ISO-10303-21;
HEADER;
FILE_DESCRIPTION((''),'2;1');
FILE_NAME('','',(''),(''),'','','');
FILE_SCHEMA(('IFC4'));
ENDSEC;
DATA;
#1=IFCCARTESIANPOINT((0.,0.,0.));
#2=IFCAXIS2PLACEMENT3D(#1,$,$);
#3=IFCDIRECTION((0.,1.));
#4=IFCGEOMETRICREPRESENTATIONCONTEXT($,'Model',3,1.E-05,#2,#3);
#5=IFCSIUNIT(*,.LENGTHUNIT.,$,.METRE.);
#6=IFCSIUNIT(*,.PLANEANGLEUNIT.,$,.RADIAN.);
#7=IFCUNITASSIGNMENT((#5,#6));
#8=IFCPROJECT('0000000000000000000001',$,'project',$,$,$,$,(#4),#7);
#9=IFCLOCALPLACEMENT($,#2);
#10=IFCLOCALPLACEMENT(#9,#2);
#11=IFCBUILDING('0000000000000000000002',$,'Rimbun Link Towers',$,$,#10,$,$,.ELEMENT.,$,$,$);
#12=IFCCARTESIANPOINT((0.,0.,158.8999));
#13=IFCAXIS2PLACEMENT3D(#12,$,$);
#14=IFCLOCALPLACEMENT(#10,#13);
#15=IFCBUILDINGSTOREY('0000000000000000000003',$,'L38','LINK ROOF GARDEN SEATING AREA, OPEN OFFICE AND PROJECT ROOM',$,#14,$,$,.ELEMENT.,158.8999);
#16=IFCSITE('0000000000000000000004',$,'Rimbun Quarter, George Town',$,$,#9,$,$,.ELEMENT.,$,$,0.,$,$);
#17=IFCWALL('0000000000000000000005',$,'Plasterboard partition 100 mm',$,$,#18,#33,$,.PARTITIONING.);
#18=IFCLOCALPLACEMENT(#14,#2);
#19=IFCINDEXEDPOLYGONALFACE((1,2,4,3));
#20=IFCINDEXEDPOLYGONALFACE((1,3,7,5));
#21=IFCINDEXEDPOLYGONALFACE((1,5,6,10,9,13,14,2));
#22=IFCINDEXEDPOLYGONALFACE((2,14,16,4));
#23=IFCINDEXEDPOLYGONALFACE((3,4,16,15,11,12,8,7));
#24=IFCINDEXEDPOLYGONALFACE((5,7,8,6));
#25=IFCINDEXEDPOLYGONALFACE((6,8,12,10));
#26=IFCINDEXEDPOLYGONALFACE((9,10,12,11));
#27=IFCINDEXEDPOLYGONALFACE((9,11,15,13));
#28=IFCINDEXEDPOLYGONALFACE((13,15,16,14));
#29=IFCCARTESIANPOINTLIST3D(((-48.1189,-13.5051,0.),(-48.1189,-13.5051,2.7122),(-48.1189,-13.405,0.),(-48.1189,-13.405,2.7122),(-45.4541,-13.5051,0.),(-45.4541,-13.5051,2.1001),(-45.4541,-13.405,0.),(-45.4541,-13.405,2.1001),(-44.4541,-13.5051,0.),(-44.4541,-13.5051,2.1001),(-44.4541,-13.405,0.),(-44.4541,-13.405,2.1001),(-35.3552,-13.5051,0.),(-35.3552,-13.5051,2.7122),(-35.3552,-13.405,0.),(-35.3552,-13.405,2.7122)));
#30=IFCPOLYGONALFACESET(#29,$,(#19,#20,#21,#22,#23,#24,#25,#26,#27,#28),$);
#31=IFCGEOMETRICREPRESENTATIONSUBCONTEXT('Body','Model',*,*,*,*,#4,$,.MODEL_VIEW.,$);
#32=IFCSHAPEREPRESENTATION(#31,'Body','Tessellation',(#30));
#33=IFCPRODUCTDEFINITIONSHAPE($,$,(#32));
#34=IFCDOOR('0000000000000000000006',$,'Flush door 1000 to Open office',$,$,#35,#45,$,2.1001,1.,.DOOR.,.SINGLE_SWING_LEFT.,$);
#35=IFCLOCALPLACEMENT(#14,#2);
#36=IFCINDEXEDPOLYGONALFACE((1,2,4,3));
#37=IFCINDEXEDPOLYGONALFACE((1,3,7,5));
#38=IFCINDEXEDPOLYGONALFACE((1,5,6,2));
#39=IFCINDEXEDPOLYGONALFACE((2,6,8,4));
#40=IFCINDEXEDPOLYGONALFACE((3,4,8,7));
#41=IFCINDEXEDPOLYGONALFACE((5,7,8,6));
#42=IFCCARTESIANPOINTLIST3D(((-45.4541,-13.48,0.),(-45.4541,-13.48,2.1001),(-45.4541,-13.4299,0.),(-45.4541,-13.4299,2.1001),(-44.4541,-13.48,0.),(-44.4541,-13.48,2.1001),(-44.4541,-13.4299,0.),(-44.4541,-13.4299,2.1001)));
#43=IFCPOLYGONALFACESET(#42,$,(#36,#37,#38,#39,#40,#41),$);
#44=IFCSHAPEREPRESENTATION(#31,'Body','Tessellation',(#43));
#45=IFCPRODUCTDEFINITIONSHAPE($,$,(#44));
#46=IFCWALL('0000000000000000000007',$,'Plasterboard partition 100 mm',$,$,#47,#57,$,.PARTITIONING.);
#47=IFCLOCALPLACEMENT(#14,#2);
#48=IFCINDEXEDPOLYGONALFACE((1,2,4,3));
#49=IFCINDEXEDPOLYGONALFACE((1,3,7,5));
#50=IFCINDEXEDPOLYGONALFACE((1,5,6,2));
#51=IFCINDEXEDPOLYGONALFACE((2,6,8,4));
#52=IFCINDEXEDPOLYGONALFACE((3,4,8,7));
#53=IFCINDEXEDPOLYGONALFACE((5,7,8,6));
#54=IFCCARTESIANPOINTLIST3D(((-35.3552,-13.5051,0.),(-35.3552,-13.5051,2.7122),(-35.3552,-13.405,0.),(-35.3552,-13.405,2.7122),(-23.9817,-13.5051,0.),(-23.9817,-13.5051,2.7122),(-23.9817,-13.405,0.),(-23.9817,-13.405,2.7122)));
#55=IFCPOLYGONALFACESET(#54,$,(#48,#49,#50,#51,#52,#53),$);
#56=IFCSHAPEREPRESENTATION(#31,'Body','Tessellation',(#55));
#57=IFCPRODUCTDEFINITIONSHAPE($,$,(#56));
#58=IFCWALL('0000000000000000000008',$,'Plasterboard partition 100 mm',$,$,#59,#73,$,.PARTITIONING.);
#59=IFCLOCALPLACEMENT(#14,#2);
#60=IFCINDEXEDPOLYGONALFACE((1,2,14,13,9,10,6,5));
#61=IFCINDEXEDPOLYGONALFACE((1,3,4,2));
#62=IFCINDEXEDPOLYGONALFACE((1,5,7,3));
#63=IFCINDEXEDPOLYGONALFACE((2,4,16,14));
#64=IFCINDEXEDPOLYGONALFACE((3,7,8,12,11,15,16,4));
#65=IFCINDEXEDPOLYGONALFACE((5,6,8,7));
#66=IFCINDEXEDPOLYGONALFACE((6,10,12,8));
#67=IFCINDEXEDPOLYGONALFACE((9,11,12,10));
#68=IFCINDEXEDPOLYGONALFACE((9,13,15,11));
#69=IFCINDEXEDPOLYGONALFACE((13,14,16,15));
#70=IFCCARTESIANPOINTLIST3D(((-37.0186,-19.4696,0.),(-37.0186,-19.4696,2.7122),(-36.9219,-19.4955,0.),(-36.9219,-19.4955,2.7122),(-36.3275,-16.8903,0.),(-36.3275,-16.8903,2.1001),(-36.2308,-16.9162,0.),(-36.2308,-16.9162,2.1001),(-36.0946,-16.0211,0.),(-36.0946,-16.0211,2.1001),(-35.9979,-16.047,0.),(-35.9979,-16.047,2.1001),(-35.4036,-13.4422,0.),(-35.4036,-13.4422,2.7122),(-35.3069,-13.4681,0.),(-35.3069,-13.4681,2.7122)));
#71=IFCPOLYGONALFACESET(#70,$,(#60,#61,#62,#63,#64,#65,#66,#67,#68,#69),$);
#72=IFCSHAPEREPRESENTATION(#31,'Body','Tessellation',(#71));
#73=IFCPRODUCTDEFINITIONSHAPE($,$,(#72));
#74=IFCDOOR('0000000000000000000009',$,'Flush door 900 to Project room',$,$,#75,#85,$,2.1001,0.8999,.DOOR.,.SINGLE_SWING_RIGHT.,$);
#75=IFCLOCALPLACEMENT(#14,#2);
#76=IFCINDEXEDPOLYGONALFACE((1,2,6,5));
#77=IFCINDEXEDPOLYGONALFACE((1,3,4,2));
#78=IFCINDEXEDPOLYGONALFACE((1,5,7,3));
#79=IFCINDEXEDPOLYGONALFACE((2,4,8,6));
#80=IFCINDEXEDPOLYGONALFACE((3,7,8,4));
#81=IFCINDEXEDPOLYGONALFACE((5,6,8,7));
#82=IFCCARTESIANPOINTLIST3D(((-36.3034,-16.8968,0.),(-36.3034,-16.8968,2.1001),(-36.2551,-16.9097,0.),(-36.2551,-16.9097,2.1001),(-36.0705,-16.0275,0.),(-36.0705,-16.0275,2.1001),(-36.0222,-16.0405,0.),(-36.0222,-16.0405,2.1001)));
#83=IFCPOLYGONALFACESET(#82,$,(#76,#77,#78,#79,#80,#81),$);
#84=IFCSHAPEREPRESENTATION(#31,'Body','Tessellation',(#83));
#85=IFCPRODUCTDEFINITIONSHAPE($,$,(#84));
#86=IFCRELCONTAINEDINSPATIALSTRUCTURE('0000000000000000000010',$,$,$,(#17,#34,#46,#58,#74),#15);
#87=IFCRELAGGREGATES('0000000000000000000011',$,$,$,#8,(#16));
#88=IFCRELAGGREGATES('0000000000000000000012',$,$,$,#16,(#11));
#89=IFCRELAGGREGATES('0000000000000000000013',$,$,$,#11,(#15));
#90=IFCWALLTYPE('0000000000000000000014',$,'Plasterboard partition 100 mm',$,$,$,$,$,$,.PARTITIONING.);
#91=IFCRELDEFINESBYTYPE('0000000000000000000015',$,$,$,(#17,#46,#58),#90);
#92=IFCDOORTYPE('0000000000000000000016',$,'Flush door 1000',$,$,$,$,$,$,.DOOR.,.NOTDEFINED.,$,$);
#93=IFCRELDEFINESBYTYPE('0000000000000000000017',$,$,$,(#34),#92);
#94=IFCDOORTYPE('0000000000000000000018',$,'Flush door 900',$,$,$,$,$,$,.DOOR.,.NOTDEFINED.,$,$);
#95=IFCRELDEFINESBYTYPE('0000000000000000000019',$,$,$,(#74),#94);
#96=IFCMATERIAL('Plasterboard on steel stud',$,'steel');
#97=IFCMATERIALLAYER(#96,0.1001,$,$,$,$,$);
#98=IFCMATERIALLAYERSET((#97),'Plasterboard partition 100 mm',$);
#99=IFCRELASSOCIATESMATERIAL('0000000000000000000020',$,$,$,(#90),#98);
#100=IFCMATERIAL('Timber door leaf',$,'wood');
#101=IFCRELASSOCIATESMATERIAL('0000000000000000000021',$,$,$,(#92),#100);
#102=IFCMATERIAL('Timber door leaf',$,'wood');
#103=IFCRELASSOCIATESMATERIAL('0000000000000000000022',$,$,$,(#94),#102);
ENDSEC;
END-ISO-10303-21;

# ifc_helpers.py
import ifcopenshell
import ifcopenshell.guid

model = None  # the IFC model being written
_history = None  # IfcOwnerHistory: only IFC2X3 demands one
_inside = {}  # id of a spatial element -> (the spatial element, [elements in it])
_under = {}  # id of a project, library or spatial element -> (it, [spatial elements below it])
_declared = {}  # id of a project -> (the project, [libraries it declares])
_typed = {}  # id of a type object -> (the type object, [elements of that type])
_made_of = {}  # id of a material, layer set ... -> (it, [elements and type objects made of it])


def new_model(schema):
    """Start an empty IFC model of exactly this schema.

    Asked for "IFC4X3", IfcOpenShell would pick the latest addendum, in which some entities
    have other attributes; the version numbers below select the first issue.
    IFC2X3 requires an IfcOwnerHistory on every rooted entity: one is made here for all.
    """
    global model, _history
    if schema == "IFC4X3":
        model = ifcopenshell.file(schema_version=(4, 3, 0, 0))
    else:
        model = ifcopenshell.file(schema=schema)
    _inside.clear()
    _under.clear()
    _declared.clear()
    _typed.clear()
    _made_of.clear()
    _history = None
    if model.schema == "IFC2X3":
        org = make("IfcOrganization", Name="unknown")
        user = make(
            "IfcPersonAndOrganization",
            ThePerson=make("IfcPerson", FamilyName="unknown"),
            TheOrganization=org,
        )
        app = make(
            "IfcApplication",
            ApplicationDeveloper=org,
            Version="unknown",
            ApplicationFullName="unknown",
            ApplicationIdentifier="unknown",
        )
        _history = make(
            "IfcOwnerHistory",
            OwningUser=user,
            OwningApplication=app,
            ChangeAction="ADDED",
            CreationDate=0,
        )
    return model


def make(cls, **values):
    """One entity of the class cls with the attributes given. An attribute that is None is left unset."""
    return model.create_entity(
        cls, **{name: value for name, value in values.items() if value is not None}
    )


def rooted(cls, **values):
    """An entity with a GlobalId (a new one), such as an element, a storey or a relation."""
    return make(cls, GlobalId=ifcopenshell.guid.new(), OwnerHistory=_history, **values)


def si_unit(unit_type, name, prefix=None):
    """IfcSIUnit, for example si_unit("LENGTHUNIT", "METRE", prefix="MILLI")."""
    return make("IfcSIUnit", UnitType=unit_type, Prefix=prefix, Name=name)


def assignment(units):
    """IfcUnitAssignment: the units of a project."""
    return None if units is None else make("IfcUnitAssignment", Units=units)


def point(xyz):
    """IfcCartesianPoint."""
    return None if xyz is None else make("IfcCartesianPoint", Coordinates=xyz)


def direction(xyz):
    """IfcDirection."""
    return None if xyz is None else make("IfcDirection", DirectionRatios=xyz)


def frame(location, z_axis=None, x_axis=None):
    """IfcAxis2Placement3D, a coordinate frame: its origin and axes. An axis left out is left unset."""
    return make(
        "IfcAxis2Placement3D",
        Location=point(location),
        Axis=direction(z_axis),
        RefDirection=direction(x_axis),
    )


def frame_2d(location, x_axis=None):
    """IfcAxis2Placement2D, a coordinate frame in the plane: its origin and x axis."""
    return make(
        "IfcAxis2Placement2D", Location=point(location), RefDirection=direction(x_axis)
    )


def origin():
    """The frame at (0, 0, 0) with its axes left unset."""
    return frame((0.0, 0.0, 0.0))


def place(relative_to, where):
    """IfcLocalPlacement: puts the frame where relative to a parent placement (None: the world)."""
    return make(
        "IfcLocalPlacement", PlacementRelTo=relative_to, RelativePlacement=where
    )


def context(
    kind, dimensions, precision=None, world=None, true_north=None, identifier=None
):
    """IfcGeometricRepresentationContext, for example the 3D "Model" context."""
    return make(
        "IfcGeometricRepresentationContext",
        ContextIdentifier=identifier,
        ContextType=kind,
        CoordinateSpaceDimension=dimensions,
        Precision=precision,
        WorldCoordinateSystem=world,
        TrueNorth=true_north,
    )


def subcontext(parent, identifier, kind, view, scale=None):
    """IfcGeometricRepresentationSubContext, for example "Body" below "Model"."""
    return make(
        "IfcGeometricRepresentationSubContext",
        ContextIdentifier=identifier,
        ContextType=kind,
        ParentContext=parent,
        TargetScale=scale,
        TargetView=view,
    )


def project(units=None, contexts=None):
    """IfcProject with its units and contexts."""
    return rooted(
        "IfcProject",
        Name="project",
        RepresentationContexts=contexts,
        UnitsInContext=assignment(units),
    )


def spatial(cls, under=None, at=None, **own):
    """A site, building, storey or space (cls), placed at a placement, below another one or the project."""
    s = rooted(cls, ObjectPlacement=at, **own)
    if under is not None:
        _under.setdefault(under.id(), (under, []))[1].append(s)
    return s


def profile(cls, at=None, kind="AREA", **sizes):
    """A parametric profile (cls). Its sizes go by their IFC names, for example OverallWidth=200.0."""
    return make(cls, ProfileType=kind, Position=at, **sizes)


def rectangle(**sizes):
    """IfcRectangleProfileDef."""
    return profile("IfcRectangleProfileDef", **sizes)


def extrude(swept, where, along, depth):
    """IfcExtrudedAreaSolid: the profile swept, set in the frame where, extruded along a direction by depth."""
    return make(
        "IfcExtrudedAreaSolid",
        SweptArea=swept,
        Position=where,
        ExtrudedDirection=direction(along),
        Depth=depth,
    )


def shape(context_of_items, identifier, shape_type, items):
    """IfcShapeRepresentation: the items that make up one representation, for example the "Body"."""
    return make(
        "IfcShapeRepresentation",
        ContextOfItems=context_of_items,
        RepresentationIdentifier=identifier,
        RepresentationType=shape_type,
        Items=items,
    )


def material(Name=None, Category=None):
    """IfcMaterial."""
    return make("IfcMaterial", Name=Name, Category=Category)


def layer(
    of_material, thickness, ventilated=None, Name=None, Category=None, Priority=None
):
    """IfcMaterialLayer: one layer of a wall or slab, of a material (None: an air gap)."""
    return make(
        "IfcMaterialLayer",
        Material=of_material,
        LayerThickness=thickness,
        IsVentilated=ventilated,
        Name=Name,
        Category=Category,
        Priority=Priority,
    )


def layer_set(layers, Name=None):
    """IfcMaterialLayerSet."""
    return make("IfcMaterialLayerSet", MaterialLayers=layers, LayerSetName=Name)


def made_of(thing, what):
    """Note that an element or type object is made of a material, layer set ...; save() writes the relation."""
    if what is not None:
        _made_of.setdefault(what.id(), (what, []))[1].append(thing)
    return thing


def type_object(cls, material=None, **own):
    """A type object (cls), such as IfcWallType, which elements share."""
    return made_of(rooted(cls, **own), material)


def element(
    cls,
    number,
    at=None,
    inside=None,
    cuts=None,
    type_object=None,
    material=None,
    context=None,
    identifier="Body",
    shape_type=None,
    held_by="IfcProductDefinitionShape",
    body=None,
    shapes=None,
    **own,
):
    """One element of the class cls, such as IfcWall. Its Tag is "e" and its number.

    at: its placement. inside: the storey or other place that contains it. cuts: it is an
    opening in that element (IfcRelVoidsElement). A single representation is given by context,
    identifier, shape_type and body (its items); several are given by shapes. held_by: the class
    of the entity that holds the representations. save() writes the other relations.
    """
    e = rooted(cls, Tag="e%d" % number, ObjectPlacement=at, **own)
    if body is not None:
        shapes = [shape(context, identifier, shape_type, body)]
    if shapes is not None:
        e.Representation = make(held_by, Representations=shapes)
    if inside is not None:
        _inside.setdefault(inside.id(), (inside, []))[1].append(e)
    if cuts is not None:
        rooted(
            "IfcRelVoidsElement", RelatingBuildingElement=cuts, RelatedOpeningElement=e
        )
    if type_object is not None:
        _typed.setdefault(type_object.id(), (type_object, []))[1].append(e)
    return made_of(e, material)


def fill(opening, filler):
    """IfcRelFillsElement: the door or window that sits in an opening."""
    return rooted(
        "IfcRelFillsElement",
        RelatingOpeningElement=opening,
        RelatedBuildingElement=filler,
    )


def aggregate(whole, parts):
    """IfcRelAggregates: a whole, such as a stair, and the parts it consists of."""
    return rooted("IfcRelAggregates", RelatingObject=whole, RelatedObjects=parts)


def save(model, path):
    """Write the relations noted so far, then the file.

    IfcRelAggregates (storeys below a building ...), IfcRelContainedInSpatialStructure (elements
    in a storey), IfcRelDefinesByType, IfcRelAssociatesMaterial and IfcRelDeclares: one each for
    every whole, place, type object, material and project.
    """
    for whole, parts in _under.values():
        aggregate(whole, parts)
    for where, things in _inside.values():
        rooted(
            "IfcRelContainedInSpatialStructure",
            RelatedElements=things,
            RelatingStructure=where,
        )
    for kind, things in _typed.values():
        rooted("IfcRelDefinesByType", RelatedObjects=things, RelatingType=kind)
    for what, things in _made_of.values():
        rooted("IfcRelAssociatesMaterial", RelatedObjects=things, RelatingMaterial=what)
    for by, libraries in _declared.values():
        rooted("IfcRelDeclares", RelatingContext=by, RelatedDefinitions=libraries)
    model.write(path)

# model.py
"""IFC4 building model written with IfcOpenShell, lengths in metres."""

from ifc_helpers import new_model, si_unit, direction, frame, frame_2d, origin, place, context, subcontext, project, spatial, rectangle, extrude, material, layer, layer_set, type_object, element, fill, save


model = new_model("IFC4")

# Units and contexts
model_context = context("Model", 3, precision=1e-05, world=origin(), true_north=direction((0.0, 1.0)))
body_context = subcontext(model_context, "Body", "Model", "MODEL_VIEW")
ifc_project = project(units=[si_unit("LENGTHUNIT", "METRE"), si_unit("PLANEANGLEUNIT", "RADIAN")], contexts=[model_context])

# Site, building, storey
site_placement = place(None, origin())
site = spatial("IfcSite", under=ifc_project, at=site_placement, Name="Rimbun Quarter, George Town", CompositionType="ELEMENT", RefElevation=0.0)
building_placement = place(site_placement, origin())
building = spatial("IfcBuilding", under=site, at=building_placement, Name="Rimbun Link Towers", CompositionType="ELEMENT")
storey_placement = place(building_placement, frame((0.0, 0.0, 158.8999)))
storey = spatial("IfcBuildingStorey", under=building, at=storey_placement, Name="L38", Description="LINK ROOF GARDEN SEATING AREA, OPEN OFFICE AND PROJECT ROOM", CompositionType="ELEMENT", Elevation=158.8999)

# Wall, opening, door
ifc_material_1 = material(Name="Plasterboard on steel stud", Category="steel")
ifc_layer_1 = layer(ifc_material_1, 0.1001)
ifc_layer_set_1 = layer_set([ifc_layer_1], Name="Plasterboard partition 100 mm")
wall_type = type_object("IfcWallType", Name="Plasterboard partition 100 mm", PredefinedType="PARTITIONING", material=ifc_layer_set_1)
wall_1_placement = place(storey_placement, frame((-35.3552, -13.4551, 0.0), z_axis=(0.0, 0.0, 1.0), x_axis=(-1.0, 0.0, 0.0)))
wall_1 = element("IfcWall", 1, at=wall_1_placement, inside=storey, type_object=wall_type, Name="Plasterboard partition 100 mm", PredefinedType="PARTITIONING", context=body_context, shape_type="SweptSolid", body=[
    extrude(rectangle(XDim=12.7637, YDim=0.1001, at=frame_2d((6.3818, 0.0))), origin(), (0.0, 0.0, 1.0), 2.7122),
])
opening_1_placement = place(wall_1_placement, frame((9.0989, 0.0, 0.0)))
opening_1 = element("IfcOpeningElement", 2, at=opening_1_placement, cuts=wall_1, PredefinedType="OPENING", context=body_context, shape_type="SweptSolid", body=[
    extrude(rectangle(XDim=1.0, YDim=2.1001, at=frame_2d((0.5, 1.05))), frame((0.0, 0.0601, 0.0), z_axis=(0.0, -1.0, 0.0), x_axis=(1.0, 0.0, 0.0)), (0.0, 0.0, 1.0), 0.1201),
])
ifc_material_2 = material(Name="Timber door leaf", Category="wood")
door_type_1 = type_object("IfcDoorType", Name="Flush door 1000", OperationType="NOTDEFINED", PredefinedType="DOOR", material=ifc_material_2)
door_1_placement = place(opening_1_placement, origin())
door_1 = element("IfcDoor", 3, at=door_1_placement, inside=storey, type_object=door_type_1, Name="Flush door 1000 to Open office", OperationType="SINGLE_SWING_LEFT", OverallHeight=2.1001, OverallWidth=1.0, PredefinedType="DOOR", context=body_context, shape_type="SweptSolid", body=[
    extrude(rectangle(XDim=1.0, YDim=2.1001, at=frame_2d((0.5, 1.05))), frame((0.0, 0.0249, 0.0), z_axis=(0.0, -1.0, 0.0), x_axis=(1.0, 0.0, 0.0)), (0.0, 0.0, 1.0), 0.05),
])
fill(opening_1, door_1)

# Wall
wall_2_placement = place(storey_placement, frame((-35.3552, -13.4551, 0.0), z_axis=(0.0, 0.0, 1.0), x_axis=(1.0, 0.0, 0.0)))
element("IfcWall", 4, at=wall_2_placement, inside=storey, type_object=wall_type, Name="Plasterboard partition 100 mm", PredefinedType="PARTITIONING", context=body_context, shape_type="SweptSolid", body=[
    extrude(rectangle(XDim=11.3735, YDim=0.1001, at=frame_2d((5.6868, 0.0))), origin(), (0.0, 0.0, 1.0), 2.7122),
])

# Wall, opening, door
wall_3_placement = place(storey_placement, frame((-35.3552, -13.4551, 0.0), z_axis=(0.0, 0.0, 1.0), x_axis=(-0.258814, -0.965927, 0.0)))
wall_3 = element("IfcWall", 5, at=wall_3_placement, inside=storey, type_object=wall_type, Name="Plasterboard partition 100 mm", PredefinedType="PARTITIONING", context=body_context, shape_type="SweptSolid", body=[
    extrude(rectangle(XDim=6.24, YDim=0.1001, at=frame_2d((3.1201, 0.0))), origin(), (0.0, 0.0, 1.0), 2.7122),
])
opening_2_placement = place(wall_3_placement, frame((2.6699, 0.0, 0.0)))
opening_2 = element("IfcOpeningElement", 6, at=opening_2_placement, cuts=wall_3, PredefinedType="OPENING", context=body_context, shape_type="SweptSolid", body=[
    extrude(rectangle(XDim=0.8999, YDim=2.1001, at=frame_2d((0.45, 1.05))), frame((0.0, 0.0601, 0.0), z_axis=(0.0, -1.0, 0.0), x_axis=(1.0, 0.0, 0.0)), (0.0, 0.0, 1.0), 0.1201),
])
ifc_material_3 = material(Name="Timber door leaf", Category="wood")
door_type_2 = type_object("IfcDoorType", Name="Flush door 900", OperationType="NOTDEFINED", PredefinedType="DOOR", material=ifc_material_3)
door_2_placement = place(opening_2_placement, origin())
door_2 = element("IfcDoor", 7, at=door_2_placement, inside=storey, type_object=door_type_2, Name="Flush door 900 to Project room", OperationType="SINGLE_SWING_RIGHT", OverallHeight=2.1001, OverallWidth=0.8999, PredefinedType="DOOR", context=body_context, shape_type="SweptSolid", body=[
    extrude(rectangle(XDim=0.8999, YDim=2.1001, at=frame_2d((0.45, 1.05))), frame((0.0, 0.0249, 0.0), z_axis=(0.0, -1.0, 0.0), x_axis=(1.0, 0.0, 0.0)), (0.0, 0.0, 1.0), 0.05),
])
fill(opening_2, door_2)

save(model, "model.ifc")
